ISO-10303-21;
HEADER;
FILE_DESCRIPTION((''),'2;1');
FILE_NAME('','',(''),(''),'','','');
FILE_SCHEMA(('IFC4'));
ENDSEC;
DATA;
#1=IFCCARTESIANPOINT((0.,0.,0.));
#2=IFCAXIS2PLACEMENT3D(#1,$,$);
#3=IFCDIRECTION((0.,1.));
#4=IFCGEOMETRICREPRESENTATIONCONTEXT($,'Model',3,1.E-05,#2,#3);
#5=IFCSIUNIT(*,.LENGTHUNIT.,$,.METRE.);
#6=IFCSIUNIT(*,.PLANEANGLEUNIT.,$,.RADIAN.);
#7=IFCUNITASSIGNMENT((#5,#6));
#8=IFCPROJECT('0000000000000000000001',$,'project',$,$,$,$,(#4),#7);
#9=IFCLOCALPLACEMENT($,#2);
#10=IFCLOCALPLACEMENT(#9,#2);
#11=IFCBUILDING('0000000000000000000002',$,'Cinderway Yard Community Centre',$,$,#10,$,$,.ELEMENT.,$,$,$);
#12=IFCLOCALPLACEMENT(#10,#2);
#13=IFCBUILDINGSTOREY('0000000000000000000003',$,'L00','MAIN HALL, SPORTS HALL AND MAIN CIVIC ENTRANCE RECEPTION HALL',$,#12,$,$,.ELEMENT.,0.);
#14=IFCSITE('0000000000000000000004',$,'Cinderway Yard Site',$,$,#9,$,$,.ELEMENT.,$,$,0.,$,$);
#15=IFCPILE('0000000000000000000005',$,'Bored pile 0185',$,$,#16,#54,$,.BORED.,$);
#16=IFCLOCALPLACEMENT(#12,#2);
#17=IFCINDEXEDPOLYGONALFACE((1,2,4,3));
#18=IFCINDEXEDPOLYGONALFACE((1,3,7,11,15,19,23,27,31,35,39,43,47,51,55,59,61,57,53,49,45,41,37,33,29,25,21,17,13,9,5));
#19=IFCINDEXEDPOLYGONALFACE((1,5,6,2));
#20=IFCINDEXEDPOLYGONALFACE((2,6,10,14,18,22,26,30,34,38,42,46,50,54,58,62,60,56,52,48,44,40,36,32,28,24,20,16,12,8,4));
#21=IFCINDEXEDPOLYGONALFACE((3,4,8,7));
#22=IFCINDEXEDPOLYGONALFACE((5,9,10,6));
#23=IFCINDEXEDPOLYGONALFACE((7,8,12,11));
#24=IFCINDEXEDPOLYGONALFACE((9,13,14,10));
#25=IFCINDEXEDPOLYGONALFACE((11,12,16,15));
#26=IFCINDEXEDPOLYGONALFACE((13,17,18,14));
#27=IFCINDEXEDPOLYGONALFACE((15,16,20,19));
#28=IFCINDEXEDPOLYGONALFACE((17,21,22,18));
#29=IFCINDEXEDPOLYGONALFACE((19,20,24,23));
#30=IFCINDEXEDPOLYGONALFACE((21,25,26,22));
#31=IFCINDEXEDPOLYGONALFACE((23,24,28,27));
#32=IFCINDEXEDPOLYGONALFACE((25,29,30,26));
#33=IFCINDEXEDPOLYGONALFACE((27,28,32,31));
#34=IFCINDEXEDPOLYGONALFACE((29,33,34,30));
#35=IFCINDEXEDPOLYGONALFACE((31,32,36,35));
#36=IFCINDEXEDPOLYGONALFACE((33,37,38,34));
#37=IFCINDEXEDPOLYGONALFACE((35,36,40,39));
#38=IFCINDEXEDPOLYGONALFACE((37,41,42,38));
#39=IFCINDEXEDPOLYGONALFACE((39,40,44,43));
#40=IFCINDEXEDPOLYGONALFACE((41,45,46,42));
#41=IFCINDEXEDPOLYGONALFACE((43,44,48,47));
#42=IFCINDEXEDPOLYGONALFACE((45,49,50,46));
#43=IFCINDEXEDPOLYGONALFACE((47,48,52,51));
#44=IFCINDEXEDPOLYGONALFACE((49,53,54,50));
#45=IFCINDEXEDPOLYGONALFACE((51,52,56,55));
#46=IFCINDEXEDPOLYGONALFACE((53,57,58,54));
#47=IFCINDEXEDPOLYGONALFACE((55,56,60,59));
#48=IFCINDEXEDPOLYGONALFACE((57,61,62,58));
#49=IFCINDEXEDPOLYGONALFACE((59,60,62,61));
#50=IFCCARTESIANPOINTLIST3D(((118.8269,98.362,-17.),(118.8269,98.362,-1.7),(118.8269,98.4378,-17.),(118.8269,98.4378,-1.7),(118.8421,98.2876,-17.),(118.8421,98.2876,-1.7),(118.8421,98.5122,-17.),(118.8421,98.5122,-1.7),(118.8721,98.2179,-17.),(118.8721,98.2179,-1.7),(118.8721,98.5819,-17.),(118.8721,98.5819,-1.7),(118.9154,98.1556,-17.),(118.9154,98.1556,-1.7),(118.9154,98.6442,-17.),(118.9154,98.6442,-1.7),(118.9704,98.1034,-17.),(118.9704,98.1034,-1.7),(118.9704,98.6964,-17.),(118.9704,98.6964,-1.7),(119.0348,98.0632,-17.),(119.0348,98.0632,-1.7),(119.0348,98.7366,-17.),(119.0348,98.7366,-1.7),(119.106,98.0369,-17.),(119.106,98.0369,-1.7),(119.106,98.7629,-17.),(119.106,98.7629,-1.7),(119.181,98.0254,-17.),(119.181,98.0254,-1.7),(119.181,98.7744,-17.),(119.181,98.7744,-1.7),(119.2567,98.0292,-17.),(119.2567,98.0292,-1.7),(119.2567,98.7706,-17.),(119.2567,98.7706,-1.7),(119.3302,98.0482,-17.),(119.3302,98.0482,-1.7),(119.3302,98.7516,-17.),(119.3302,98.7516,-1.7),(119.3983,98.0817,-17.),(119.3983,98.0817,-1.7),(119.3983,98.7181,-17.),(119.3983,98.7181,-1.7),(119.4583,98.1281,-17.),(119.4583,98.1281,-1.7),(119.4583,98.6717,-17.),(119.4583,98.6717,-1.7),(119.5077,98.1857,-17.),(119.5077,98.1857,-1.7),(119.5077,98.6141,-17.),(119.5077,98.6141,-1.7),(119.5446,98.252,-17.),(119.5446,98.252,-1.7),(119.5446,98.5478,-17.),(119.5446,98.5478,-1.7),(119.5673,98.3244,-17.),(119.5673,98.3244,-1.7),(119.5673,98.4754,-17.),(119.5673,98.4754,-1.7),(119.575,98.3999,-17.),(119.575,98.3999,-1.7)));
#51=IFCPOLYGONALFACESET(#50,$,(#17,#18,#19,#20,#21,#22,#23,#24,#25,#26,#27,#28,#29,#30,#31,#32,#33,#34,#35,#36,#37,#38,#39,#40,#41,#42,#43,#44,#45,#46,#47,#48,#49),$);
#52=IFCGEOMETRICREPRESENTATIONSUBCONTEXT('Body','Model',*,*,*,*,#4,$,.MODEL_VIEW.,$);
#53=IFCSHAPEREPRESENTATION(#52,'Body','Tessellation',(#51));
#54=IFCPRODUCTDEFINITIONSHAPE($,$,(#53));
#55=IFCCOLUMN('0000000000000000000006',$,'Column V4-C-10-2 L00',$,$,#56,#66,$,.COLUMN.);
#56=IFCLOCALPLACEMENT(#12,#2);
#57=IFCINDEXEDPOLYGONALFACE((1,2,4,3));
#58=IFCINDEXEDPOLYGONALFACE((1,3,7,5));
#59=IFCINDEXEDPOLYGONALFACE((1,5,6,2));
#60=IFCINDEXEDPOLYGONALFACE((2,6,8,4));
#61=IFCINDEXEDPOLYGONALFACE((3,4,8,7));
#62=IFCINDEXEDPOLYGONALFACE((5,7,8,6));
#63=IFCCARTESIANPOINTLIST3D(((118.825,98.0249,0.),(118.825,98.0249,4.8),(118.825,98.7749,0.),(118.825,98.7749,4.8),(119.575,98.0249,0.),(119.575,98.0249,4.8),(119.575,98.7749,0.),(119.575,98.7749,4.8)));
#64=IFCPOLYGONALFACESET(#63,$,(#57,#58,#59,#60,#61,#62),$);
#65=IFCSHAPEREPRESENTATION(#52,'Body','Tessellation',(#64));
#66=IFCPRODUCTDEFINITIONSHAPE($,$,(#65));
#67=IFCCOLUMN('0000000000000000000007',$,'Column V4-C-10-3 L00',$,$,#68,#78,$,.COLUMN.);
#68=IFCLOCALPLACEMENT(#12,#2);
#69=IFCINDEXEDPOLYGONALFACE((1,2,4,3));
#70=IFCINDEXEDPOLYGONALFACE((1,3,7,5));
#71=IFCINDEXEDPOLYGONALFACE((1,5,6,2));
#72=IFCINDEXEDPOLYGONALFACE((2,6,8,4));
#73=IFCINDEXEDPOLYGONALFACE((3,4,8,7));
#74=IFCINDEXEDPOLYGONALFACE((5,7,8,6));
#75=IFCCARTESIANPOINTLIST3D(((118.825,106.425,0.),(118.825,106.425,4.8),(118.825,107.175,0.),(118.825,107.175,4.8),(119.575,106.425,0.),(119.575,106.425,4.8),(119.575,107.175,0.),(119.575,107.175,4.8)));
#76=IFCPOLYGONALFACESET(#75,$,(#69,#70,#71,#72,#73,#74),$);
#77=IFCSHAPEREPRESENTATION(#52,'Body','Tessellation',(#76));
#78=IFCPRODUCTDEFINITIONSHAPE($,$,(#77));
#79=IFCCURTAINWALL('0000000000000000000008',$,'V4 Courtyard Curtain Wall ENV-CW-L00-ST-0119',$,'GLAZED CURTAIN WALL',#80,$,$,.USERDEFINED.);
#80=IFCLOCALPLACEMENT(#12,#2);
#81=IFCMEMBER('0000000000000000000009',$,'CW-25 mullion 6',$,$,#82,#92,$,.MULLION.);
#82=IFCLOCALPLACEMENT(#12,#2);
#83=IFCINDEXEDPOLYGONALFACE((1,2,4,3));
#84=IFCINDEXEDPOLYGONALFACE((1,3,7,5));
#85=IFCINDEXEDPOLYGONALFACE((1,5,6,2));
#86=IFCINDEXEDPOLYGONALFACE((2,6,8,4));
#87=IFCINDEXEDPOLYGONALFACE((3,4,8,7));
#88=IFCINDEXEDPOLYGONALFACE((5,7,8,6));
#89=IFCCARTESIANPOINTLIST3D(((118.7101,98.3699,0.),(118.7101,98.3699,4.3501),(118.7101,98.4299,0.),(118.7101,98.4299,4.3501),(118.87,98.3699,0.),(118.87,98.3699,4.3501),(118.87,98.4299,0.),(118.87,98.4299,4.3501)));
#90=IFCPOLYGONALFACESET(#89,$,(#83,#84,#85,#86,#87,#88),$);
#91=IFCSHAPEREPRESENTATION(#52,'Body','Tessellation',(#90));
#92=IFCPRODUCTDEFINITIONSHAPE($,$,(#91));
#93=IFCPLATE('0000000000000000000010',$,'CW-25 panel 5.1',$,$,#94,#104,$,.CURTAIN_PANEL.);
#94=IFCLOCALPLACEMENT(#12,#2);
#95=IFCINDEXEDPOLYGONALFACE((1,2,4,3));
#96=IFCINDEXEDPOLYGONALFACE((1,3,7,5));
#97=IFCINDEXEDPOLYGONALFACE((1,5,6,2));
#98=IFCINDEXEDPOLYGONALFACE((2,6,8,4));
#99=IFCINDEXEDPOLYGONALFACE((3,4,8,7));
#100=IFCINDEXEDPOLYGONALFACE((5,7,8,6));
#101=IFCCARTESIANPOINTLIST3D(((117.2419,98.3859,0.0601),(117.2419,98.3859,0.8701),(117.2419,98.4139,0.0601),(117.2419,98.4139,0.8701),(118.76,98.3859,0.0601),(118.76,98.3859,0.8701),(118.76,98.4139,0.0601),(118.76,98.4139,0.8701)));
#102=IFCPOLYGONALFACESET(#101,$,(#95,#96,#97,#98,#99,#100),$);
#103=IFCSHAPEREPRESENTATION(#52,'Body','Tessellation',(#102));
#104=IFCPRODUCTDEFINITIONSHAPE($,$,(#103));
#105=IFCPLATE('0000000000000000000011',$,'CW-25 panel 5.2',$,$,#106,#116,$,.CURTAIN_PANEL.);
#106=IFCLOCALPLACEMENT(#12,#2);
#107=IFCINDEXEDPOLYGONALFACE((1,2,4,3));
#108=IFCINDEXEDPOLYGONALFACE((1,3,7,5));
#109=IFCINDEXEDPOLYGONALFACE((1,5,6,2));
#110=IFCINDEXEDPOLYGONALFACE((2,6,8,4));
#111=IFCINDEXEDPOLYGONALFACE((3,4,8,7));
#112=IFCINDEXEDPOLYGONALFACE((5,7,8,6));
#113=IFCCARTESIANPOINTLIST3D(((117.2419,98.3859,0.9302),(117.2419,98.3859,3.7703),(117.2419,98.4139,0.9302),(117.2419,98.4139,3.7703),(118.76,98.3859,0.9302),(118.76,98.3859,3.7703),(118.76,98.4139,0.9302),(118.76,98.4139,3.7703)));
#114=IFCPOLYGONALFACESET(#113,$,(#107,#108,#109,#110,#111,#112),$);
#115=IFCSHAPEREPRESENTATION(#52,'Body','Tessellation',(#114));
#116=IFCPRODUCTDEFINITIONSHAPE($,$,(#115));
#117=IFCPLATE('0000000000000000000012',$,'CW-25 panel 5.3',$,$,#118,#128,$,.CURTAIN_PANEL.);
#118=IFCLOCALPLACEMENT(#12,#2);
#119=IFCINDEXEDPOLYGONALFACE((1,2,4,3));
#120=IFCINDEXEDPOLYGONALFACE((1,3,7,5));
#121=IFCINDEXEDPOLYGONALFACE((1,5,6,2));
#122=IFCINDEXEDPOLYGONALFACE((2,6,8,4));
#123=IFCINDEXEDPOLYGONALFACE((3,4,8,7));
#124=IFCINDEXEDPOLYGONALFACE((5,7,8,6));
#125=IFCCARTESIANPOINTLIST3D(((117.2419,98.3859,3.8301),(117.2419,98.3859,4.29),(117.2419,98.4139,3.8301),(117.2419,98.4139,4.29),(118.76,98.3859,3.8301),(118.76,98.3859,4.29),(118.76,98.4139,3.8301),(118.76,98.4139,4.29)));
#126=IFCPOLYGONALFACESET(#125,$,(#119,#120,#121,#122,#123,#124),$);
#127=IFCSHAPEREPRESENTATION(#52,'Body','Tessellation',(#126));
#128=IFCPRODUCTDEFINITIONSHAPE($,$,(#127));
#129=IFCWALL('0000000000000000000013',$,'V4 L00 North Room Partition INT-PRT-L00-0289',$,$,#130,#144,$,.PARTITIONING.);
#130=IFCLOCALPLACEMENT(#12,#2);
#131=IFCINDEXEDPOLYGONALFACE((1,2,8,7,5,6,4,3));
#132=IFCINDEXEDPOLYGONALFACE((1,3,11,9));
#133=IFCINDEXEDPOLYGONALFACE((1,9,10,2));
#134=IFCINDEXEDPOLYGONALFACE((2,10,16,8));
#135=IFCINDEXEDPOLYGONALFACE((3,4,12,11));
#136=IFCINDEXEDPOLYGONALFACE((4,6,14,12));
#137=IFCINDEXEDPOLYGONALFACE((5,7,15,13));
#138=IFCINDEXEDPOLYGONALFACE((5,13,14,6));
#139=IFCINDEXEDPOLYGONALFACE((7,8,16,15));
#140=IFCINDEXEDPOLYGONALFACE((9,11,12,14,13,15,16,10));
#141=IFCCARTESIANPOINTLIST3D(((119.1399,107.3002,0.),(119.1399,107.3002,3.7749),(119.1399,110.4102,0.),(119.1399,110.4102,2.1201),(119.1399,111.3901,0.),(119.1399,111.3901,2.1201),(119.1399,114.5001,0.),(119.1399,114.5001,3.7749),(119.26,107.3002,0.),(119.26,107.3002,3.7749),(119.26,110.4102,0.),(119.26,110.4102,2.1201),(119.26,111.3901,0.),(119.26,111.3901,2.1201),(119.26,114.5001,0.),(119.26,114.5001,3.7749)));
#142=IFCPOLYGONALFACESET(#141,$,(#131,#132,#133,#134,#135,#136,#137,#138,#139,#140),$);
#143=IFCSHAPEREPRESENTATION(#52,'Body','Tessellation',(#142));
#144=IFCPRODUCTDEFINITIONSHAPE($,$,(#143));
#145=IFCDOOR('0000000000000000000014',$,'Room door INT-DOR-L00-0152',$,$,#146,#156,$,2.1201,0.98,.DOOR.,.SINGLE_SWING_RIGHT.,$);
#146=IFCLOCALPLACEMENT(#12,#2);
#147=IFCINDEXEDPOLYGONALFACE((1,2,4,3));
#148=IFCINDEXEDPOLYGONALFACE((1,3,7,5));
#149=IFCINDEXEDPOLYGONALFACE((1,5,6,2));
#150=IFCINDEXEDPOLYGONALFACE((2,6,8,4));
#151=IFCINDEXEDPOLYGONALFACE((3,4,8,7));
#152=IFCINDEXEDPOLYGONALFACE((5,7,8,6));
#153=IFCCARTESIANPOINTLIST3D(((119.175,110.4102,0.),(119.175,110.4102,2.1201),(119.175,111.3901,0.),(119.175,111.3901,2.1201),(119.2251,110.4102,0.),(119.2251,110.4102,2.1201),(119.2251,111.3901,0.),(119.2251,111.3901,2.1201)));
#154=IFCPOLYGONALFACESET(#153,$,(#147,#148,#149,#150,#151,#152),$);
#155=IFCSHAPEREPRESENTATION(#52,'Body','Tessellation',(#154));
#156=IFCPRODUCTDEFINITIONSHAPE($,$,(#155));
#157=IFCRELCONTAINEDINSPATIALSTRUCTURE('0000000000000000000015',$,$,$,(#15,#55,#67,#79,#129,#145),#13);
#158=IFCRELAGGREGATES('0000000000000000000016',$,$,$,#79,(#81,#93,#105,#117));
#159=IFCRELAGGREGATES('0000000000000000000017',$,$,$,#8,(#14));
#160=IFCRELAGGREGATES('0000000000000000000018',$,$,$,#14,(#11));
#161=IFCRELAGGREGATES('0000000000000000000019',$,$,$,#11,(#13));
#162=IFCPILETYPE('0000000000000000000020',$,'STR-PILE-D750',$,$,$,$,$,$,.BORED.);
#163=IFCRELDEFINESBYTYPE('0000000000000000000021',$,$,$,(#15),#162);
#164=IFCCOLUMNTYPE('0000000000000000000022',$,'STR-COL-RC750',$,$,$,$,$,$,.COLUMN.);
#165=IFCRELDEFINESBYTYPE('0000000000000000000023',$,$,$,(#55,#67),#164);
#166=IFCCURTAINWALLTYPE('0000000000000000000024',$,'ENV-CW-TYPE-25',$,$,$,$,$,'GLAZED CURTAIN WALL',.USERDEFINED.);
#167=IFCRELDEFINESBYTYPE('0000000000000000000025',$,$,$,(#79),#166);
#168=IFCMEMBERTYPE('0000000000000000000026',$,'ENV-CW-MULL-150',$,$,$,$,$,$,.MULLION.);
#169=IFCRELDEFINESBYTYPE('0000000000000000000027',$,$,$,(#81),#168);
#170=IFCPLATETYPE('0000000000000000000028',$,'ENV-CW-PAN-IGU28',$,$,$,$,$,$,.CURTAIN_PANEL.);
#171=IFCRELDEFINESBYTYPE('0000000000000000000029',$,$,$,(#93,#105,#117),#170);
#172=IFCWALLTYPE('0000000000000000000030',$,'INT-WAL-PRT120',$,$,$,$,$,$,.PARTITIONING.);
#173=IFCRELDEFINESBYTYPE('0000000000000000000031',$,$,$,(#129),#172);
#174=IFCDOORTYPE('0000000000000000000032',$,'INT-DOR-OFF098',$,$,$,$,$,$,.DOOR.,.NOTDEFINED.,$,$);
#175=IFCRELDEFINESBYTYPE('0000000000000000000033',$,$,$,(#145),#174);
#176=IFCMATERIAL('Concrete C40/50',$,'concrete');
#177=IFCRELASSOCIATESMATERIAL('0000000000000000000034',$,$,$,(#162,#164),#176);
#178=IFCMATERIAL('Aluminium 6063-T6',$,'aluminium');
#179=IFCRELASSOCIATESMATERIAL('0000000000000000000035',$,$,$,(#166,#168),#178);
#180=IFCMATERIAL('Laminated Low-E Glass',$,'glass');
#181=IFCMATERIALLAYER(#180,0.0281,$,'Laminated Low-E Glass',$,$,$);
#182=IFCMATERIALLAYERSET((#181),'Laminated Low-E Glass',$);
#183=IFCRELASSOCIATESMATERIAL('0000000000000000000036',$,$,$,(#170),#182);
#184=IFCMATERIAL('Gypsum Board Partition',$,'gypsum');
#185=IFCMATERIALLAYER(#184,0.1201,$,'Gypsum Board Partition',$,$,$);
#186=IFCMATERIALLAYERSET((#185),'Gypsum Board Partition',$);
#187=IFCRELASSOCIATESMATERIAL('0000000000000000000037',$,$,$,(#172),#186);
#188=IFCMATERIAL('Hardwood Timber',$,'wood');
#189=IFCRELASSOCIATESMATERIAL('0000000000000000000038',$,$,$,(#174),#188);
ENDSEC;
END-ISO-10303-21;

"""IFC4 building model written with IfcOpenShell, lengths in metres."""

from ifc_helpers import new_model, si_unit, direction, frame, frame_2d, origin, origin_2d, place, context, subcontext, project, spatial, rectangle, circle, extrude, material, layer, layer_set, material_profile, profile_set, type_object, element, fill, aggregate, save


model = new_model("IFC4")

# Units and contexts
model_context = context("Model", 3, precision=1e-05, world=origin(), true_north=direction((0.0, 1.0)))
body_context = subcontext(model_context, "Body", "Model", "MODEL_VIEW")
ifc_project = project(units=[si_unit("LENGTHUNIT", "METRE"), si_unit("PLANEANGLEUNIT", "RADIAN")], contexts=[model_context])

# Site, building, storey
site_placement = place(None, origin())
site = spatial("IfcSite", under=ifc_project, at=site_placement, Name="Cinderway Yard Site", CompositionType="ELEMENT", RefElevation=0.0)
building_placement = place(site_placement, origin())
building = spatial("IfcBuilding", under=site, at=building_placement, Name="Cinderway Yard Community Centre", CompositionType="ELEMENT")
storey_placement = place(building_placement, origin())
storey = spatial("IfcBuildingStorey", under=building, at=storey_placement, Name="L00", Description="MAIN HALL, SPORTS HALL AND MAIN CIVIC ENTRANCE RECEPTION HALL", CompositionType="ELEMENT", Elevation=0.0)

# Shared definitions
ifc_material_1 = material(Name="Concrete C40/50", Category="concrete")

# Pile
ifc_material_profile_1 = material_profile(ifc_material_1, circle(Radius=0.375, at=origin_2d()), Name="Concrete C40/50")
ifc_profile_set_1 = profile_set([ifc_material_profile_1], Name="Concrete C40/50")
pile_type_1 = type_object("IfcPileType", Name="STR-PILE-D750", PredefinedType="BORED", material=ifc_profile_set_1)
pile_placement = place(storey_placement, frame((119.2, 98.3999, -1.7), z_axis=(0.0, 0.0, -1.0), x_axis=(1.0, 0.0, 0.0)))
element("IfcPile", 1, at=pile_placement, inside=storey, type_object=pile_type_1, Name="Bored pile 0185", PredefinedType="BORED", context=body_context, shape_type="SweptSolid", body=[
    extrude(circle(Radius=0.375, at=origin_2d()), origin(), (0.0, 0.0, 1.0), 15.3),
])

# Columns
ifc_material_profile_2 = material_profile(ifc_material_1, rectangle(XDim=0.75, YDim=0.75, at=origin_2d()), Name="Concrete C40/50")
ifc_profile_set_2 = profile_set([ifc_material_profile_2], Name="Concrete C40/50")
column_type = type_object("IfcColumnType", Name="STR-COL-RC750", PredefinedType="COLUMN", material=ifc_profile_set_2)
for number, where, z_axis, x_axis, name in (
    (2, (119.2, 98.3999, 0.0), (0.0, 0.0, 1.0), (1.0, 0.0, 0.0), "Column V4-C-10-2 L00"),
    (3, (119.2, 106.8, 0.0), (0.0, 0.0, 1.0), (1.0, 0.0, 0.0), "Column V4-C-10-3 L00"),
):
    element("IfcColumn", number, at=place(storey_placement, frame(where, z_axis=z_axis, x_axis=x_axis)), inside=storey, type_object=column_type, Name=name, PredefinedType="COLUMN", context=body_context, shape_type="SweptSolid", body=[
        extrude(rectangle(XDim=0.75, YDim=0.75, at=origin_2d()), origin(), (0.0, 0.0, 1.0), 4.8),
    ])

# Curtain wall, member, plates
ifc_material_2 = material(Name="Aluminium 6063-T6", Category="aluminium")
curtain_wall_type = type_object("IfcCurtainWallType", Name="ENV-CW-TYPE-25", ElementType="GLAZED CURTAIN WALL", PredefinedType="USERDEFINED", material=ifc_material_2)
curtain_wall_placement = place(storey_placement, origin())
curtain_wall = element("IfcCurtainWall", 4, at=curtain_wall_placement, inside=storey, type_object=curtain_wall_type, Name="V4 Courtyard Curtain Wall ENV-CW-L00-ST-0119", ObjectType="GLAZED CURTAIN WALL", PredefinedType="USERDEFINED")
ifc_material_profile_3 = material_profile(ifc_material_2, rectangle(XDim=0.0601, YDim=0.1599, at=origin_2d()), Name="Aluminium 6063-T6")
ifc_profile_set_3 = profile_set([ifc_material_profile_3], Name="Aluminium 6063-T6")
member_type = type_object("IfcMemberType", Name="ENV-CW-MULL-150", PredefinedType="MULLION", material=ifc_profile_set_3)
member_placement = place(storey_placement, frame((118.79, 98.3999, 0.0), z_axis=(0.0, 0.0, 1.0), x_axis=(0.0, 1.0, 0.0)))
member = element("IfcMember", 5, at=member_placement, type_object=member_type, Name="CW-25 mullion 6", PredefinedType="MULLION", context=body_context, shape_type="SweptSolid", body=[
    extrude(rectangle(XDim=0.0601, YDim=0.1599, at=origin_2d()), origin(), (0.0, 0.0, 1.0), 4.3501),
])
ifc_material_3 = material(Name="Laminated Low-E Glass", Category="glass")
ifc_layer_1 = layer(ifc_material_3, 0.0281, Name="Laminated Low-E Glass")
ifc_layer_set_1 = layer_set([ifc_layer_1], Name="Laminated Low-E Glass")
plate_type = type_object("IfcPlateType", Name="ENV-CW-PAN-IGU28", PredefinedType="CURTAIN_PANEL", material=ifc_layer_set_1)
plate_1_placement = place(storey_placement, frame((118.001, 98.3999, 0.0601), z_axis=(0.0, 0.0, 1.0), x_axis=(1.0, 0.0, 0.0)))
plate_1 = element("IfcPlate", 6, at=plate_1_placement, type_object=plate_type, Name="CW-25 panel 5.1", PredefinedType="CURTAIN_PANEL", context=body_context, shape_type="SweptSolid", body=[
    extrude(rectangle(XDim=1.5181, YDim=0.0281, at=origin_2d()), origin(), (0.0, 0.0, 1.0), 0.8101),
])
plate_2_placement = place(storey_placement, frame((118.001, 98.3999, 0.9302), z_axis=(0.0, 0.0, 1.0), x_axis=(1.0, 0.0, 0.0)))
plate_2 = element("IfcPlate", 7, at=plate_2_placement, type_object=plate_type, Name="CW-25 panel 5.2", PredefinedType="CURTAIN_PANEL", context=body_context, shape_type="SweptSolid", body=[
    extrude(rectangle(XDim=1.5181, YDim=0.0281, at=origin_2d()), origin(), (0.0, 0.0, 1.0), 2.8401),
])
plate_3_placement = place(storey_placement, frame((118.001, 98.3999, 3.8301), z_axis=(0.0, 0.0, 1.0), x_axis=(1.0, 0.0, 0.0)))
plate_3 = element("IfcPlate", 8, at=plate_3_placement, type_object=plate_type, Name="CW-25 panel 5.3", PredefinedType="CURTAIN_PANEL", context=body_context, shape_type="SweptSolid", body=[
    extrude(rectangle(XDim=1.5181, YDim=0.0281, at=origin_2d()), origin(), (0.0, 0.0, 1.0), 0.46),
])
aggregate(curtain_wall, [member, plate_1, plate_2, plate_3])

# Wall, opening, door
ifc_material_4 = material(Name="Gypsum Board Partition", Category="gypsum")
ifc_layer_2 = layer(ifc_material_4, 0.1201, Name="Gypsum Board Partition")
ifc_layer_set_2 = layer_set([ifc_layer_2], Name="Gypsum Board Partition")
wall_type_1 = type_object("IfcWallType", Name="INT-WAL-PRT120", PredefinedType="PARTITIONING", material=ifc_layer_set_2)
wall_1_placement = place(storey_placement, frame((119.2, 107.3, 0.0), z_axis=(0.0, 0.0, 1.0), x_axis=(0.0, 1.0, 0.0)))
wall_1 = element("IfcWall", 9, at=wall_1_placement, inside=storey, type_object=wall_type_1, Name="V4 L00 North Room Partition INT-PRT-L00-0289", PredefinedType="PARTITIONING", context=body_context, shape_type="SweptSolid", body=[
    extrude(rectangle(XDim=7.2, YDim=0.1201, at=frame_2d((3.6001, 0.0))), origin(), (0.0, 0.0, 1.0), 3.7749),
])
opening_1_placement = place(wall_1_placement, frame((3.1101, 0.0, 0.0)))
opening_1 = element("IfcOpeningElement", 10, at=opening_1_placement, cuts=wall_1, PredefinedType="OPENING", context=body_context, shape_type="SweptSolid", body=[
    extrude(rectangle(XDim=0.98, YDim=2.1201, at=frame_2d((0.49, 1.0601))), frame((0.0, 0.0701, 0.0), z_axis=(0.0, -1.0, 0.0), x_axis=(1.0, 0.0, 0.0)), (0.0, 0.0, 1.0), 0.1401),
])
ifc_material_5 = material(Name="Hardwood Timber", Category="wood")
door_type_1 = type_object("IfcDoorType", Name="INT-DOR-OFF098", OperationType="NOTDEFINED", PredefinedType="DOOR", material=ifc_material_5)
door_1_placement = place(opening_1_placement, origin())
door_1 = element("IfcDoor", 11, at=door_1_placement, inside=storey, type_object=door_type_1, Name="Room door INT-DOR-L00-0152", OperationType="SINGLE_SWING_RIGHT", OverallHeight=2.1201, OverallWidth=0.98, PredefinedType="DOOR", context=body_context, shape_type="SweptSolid", body=[
    extrude(rectangle(XDim=0.98, YDim=2.1201, at=frame_2d((0.49, 1.0601))), frame((0.0, 0.0249, 0.0), z_axis=(0.0, -1.0, 0.0), x_axis=(1.0, 0.0, 0.0)), (0.0, 0.0, 1.0), 0.05),
])
fill(opening_1, door_1)

save(model, "model.ifc")
